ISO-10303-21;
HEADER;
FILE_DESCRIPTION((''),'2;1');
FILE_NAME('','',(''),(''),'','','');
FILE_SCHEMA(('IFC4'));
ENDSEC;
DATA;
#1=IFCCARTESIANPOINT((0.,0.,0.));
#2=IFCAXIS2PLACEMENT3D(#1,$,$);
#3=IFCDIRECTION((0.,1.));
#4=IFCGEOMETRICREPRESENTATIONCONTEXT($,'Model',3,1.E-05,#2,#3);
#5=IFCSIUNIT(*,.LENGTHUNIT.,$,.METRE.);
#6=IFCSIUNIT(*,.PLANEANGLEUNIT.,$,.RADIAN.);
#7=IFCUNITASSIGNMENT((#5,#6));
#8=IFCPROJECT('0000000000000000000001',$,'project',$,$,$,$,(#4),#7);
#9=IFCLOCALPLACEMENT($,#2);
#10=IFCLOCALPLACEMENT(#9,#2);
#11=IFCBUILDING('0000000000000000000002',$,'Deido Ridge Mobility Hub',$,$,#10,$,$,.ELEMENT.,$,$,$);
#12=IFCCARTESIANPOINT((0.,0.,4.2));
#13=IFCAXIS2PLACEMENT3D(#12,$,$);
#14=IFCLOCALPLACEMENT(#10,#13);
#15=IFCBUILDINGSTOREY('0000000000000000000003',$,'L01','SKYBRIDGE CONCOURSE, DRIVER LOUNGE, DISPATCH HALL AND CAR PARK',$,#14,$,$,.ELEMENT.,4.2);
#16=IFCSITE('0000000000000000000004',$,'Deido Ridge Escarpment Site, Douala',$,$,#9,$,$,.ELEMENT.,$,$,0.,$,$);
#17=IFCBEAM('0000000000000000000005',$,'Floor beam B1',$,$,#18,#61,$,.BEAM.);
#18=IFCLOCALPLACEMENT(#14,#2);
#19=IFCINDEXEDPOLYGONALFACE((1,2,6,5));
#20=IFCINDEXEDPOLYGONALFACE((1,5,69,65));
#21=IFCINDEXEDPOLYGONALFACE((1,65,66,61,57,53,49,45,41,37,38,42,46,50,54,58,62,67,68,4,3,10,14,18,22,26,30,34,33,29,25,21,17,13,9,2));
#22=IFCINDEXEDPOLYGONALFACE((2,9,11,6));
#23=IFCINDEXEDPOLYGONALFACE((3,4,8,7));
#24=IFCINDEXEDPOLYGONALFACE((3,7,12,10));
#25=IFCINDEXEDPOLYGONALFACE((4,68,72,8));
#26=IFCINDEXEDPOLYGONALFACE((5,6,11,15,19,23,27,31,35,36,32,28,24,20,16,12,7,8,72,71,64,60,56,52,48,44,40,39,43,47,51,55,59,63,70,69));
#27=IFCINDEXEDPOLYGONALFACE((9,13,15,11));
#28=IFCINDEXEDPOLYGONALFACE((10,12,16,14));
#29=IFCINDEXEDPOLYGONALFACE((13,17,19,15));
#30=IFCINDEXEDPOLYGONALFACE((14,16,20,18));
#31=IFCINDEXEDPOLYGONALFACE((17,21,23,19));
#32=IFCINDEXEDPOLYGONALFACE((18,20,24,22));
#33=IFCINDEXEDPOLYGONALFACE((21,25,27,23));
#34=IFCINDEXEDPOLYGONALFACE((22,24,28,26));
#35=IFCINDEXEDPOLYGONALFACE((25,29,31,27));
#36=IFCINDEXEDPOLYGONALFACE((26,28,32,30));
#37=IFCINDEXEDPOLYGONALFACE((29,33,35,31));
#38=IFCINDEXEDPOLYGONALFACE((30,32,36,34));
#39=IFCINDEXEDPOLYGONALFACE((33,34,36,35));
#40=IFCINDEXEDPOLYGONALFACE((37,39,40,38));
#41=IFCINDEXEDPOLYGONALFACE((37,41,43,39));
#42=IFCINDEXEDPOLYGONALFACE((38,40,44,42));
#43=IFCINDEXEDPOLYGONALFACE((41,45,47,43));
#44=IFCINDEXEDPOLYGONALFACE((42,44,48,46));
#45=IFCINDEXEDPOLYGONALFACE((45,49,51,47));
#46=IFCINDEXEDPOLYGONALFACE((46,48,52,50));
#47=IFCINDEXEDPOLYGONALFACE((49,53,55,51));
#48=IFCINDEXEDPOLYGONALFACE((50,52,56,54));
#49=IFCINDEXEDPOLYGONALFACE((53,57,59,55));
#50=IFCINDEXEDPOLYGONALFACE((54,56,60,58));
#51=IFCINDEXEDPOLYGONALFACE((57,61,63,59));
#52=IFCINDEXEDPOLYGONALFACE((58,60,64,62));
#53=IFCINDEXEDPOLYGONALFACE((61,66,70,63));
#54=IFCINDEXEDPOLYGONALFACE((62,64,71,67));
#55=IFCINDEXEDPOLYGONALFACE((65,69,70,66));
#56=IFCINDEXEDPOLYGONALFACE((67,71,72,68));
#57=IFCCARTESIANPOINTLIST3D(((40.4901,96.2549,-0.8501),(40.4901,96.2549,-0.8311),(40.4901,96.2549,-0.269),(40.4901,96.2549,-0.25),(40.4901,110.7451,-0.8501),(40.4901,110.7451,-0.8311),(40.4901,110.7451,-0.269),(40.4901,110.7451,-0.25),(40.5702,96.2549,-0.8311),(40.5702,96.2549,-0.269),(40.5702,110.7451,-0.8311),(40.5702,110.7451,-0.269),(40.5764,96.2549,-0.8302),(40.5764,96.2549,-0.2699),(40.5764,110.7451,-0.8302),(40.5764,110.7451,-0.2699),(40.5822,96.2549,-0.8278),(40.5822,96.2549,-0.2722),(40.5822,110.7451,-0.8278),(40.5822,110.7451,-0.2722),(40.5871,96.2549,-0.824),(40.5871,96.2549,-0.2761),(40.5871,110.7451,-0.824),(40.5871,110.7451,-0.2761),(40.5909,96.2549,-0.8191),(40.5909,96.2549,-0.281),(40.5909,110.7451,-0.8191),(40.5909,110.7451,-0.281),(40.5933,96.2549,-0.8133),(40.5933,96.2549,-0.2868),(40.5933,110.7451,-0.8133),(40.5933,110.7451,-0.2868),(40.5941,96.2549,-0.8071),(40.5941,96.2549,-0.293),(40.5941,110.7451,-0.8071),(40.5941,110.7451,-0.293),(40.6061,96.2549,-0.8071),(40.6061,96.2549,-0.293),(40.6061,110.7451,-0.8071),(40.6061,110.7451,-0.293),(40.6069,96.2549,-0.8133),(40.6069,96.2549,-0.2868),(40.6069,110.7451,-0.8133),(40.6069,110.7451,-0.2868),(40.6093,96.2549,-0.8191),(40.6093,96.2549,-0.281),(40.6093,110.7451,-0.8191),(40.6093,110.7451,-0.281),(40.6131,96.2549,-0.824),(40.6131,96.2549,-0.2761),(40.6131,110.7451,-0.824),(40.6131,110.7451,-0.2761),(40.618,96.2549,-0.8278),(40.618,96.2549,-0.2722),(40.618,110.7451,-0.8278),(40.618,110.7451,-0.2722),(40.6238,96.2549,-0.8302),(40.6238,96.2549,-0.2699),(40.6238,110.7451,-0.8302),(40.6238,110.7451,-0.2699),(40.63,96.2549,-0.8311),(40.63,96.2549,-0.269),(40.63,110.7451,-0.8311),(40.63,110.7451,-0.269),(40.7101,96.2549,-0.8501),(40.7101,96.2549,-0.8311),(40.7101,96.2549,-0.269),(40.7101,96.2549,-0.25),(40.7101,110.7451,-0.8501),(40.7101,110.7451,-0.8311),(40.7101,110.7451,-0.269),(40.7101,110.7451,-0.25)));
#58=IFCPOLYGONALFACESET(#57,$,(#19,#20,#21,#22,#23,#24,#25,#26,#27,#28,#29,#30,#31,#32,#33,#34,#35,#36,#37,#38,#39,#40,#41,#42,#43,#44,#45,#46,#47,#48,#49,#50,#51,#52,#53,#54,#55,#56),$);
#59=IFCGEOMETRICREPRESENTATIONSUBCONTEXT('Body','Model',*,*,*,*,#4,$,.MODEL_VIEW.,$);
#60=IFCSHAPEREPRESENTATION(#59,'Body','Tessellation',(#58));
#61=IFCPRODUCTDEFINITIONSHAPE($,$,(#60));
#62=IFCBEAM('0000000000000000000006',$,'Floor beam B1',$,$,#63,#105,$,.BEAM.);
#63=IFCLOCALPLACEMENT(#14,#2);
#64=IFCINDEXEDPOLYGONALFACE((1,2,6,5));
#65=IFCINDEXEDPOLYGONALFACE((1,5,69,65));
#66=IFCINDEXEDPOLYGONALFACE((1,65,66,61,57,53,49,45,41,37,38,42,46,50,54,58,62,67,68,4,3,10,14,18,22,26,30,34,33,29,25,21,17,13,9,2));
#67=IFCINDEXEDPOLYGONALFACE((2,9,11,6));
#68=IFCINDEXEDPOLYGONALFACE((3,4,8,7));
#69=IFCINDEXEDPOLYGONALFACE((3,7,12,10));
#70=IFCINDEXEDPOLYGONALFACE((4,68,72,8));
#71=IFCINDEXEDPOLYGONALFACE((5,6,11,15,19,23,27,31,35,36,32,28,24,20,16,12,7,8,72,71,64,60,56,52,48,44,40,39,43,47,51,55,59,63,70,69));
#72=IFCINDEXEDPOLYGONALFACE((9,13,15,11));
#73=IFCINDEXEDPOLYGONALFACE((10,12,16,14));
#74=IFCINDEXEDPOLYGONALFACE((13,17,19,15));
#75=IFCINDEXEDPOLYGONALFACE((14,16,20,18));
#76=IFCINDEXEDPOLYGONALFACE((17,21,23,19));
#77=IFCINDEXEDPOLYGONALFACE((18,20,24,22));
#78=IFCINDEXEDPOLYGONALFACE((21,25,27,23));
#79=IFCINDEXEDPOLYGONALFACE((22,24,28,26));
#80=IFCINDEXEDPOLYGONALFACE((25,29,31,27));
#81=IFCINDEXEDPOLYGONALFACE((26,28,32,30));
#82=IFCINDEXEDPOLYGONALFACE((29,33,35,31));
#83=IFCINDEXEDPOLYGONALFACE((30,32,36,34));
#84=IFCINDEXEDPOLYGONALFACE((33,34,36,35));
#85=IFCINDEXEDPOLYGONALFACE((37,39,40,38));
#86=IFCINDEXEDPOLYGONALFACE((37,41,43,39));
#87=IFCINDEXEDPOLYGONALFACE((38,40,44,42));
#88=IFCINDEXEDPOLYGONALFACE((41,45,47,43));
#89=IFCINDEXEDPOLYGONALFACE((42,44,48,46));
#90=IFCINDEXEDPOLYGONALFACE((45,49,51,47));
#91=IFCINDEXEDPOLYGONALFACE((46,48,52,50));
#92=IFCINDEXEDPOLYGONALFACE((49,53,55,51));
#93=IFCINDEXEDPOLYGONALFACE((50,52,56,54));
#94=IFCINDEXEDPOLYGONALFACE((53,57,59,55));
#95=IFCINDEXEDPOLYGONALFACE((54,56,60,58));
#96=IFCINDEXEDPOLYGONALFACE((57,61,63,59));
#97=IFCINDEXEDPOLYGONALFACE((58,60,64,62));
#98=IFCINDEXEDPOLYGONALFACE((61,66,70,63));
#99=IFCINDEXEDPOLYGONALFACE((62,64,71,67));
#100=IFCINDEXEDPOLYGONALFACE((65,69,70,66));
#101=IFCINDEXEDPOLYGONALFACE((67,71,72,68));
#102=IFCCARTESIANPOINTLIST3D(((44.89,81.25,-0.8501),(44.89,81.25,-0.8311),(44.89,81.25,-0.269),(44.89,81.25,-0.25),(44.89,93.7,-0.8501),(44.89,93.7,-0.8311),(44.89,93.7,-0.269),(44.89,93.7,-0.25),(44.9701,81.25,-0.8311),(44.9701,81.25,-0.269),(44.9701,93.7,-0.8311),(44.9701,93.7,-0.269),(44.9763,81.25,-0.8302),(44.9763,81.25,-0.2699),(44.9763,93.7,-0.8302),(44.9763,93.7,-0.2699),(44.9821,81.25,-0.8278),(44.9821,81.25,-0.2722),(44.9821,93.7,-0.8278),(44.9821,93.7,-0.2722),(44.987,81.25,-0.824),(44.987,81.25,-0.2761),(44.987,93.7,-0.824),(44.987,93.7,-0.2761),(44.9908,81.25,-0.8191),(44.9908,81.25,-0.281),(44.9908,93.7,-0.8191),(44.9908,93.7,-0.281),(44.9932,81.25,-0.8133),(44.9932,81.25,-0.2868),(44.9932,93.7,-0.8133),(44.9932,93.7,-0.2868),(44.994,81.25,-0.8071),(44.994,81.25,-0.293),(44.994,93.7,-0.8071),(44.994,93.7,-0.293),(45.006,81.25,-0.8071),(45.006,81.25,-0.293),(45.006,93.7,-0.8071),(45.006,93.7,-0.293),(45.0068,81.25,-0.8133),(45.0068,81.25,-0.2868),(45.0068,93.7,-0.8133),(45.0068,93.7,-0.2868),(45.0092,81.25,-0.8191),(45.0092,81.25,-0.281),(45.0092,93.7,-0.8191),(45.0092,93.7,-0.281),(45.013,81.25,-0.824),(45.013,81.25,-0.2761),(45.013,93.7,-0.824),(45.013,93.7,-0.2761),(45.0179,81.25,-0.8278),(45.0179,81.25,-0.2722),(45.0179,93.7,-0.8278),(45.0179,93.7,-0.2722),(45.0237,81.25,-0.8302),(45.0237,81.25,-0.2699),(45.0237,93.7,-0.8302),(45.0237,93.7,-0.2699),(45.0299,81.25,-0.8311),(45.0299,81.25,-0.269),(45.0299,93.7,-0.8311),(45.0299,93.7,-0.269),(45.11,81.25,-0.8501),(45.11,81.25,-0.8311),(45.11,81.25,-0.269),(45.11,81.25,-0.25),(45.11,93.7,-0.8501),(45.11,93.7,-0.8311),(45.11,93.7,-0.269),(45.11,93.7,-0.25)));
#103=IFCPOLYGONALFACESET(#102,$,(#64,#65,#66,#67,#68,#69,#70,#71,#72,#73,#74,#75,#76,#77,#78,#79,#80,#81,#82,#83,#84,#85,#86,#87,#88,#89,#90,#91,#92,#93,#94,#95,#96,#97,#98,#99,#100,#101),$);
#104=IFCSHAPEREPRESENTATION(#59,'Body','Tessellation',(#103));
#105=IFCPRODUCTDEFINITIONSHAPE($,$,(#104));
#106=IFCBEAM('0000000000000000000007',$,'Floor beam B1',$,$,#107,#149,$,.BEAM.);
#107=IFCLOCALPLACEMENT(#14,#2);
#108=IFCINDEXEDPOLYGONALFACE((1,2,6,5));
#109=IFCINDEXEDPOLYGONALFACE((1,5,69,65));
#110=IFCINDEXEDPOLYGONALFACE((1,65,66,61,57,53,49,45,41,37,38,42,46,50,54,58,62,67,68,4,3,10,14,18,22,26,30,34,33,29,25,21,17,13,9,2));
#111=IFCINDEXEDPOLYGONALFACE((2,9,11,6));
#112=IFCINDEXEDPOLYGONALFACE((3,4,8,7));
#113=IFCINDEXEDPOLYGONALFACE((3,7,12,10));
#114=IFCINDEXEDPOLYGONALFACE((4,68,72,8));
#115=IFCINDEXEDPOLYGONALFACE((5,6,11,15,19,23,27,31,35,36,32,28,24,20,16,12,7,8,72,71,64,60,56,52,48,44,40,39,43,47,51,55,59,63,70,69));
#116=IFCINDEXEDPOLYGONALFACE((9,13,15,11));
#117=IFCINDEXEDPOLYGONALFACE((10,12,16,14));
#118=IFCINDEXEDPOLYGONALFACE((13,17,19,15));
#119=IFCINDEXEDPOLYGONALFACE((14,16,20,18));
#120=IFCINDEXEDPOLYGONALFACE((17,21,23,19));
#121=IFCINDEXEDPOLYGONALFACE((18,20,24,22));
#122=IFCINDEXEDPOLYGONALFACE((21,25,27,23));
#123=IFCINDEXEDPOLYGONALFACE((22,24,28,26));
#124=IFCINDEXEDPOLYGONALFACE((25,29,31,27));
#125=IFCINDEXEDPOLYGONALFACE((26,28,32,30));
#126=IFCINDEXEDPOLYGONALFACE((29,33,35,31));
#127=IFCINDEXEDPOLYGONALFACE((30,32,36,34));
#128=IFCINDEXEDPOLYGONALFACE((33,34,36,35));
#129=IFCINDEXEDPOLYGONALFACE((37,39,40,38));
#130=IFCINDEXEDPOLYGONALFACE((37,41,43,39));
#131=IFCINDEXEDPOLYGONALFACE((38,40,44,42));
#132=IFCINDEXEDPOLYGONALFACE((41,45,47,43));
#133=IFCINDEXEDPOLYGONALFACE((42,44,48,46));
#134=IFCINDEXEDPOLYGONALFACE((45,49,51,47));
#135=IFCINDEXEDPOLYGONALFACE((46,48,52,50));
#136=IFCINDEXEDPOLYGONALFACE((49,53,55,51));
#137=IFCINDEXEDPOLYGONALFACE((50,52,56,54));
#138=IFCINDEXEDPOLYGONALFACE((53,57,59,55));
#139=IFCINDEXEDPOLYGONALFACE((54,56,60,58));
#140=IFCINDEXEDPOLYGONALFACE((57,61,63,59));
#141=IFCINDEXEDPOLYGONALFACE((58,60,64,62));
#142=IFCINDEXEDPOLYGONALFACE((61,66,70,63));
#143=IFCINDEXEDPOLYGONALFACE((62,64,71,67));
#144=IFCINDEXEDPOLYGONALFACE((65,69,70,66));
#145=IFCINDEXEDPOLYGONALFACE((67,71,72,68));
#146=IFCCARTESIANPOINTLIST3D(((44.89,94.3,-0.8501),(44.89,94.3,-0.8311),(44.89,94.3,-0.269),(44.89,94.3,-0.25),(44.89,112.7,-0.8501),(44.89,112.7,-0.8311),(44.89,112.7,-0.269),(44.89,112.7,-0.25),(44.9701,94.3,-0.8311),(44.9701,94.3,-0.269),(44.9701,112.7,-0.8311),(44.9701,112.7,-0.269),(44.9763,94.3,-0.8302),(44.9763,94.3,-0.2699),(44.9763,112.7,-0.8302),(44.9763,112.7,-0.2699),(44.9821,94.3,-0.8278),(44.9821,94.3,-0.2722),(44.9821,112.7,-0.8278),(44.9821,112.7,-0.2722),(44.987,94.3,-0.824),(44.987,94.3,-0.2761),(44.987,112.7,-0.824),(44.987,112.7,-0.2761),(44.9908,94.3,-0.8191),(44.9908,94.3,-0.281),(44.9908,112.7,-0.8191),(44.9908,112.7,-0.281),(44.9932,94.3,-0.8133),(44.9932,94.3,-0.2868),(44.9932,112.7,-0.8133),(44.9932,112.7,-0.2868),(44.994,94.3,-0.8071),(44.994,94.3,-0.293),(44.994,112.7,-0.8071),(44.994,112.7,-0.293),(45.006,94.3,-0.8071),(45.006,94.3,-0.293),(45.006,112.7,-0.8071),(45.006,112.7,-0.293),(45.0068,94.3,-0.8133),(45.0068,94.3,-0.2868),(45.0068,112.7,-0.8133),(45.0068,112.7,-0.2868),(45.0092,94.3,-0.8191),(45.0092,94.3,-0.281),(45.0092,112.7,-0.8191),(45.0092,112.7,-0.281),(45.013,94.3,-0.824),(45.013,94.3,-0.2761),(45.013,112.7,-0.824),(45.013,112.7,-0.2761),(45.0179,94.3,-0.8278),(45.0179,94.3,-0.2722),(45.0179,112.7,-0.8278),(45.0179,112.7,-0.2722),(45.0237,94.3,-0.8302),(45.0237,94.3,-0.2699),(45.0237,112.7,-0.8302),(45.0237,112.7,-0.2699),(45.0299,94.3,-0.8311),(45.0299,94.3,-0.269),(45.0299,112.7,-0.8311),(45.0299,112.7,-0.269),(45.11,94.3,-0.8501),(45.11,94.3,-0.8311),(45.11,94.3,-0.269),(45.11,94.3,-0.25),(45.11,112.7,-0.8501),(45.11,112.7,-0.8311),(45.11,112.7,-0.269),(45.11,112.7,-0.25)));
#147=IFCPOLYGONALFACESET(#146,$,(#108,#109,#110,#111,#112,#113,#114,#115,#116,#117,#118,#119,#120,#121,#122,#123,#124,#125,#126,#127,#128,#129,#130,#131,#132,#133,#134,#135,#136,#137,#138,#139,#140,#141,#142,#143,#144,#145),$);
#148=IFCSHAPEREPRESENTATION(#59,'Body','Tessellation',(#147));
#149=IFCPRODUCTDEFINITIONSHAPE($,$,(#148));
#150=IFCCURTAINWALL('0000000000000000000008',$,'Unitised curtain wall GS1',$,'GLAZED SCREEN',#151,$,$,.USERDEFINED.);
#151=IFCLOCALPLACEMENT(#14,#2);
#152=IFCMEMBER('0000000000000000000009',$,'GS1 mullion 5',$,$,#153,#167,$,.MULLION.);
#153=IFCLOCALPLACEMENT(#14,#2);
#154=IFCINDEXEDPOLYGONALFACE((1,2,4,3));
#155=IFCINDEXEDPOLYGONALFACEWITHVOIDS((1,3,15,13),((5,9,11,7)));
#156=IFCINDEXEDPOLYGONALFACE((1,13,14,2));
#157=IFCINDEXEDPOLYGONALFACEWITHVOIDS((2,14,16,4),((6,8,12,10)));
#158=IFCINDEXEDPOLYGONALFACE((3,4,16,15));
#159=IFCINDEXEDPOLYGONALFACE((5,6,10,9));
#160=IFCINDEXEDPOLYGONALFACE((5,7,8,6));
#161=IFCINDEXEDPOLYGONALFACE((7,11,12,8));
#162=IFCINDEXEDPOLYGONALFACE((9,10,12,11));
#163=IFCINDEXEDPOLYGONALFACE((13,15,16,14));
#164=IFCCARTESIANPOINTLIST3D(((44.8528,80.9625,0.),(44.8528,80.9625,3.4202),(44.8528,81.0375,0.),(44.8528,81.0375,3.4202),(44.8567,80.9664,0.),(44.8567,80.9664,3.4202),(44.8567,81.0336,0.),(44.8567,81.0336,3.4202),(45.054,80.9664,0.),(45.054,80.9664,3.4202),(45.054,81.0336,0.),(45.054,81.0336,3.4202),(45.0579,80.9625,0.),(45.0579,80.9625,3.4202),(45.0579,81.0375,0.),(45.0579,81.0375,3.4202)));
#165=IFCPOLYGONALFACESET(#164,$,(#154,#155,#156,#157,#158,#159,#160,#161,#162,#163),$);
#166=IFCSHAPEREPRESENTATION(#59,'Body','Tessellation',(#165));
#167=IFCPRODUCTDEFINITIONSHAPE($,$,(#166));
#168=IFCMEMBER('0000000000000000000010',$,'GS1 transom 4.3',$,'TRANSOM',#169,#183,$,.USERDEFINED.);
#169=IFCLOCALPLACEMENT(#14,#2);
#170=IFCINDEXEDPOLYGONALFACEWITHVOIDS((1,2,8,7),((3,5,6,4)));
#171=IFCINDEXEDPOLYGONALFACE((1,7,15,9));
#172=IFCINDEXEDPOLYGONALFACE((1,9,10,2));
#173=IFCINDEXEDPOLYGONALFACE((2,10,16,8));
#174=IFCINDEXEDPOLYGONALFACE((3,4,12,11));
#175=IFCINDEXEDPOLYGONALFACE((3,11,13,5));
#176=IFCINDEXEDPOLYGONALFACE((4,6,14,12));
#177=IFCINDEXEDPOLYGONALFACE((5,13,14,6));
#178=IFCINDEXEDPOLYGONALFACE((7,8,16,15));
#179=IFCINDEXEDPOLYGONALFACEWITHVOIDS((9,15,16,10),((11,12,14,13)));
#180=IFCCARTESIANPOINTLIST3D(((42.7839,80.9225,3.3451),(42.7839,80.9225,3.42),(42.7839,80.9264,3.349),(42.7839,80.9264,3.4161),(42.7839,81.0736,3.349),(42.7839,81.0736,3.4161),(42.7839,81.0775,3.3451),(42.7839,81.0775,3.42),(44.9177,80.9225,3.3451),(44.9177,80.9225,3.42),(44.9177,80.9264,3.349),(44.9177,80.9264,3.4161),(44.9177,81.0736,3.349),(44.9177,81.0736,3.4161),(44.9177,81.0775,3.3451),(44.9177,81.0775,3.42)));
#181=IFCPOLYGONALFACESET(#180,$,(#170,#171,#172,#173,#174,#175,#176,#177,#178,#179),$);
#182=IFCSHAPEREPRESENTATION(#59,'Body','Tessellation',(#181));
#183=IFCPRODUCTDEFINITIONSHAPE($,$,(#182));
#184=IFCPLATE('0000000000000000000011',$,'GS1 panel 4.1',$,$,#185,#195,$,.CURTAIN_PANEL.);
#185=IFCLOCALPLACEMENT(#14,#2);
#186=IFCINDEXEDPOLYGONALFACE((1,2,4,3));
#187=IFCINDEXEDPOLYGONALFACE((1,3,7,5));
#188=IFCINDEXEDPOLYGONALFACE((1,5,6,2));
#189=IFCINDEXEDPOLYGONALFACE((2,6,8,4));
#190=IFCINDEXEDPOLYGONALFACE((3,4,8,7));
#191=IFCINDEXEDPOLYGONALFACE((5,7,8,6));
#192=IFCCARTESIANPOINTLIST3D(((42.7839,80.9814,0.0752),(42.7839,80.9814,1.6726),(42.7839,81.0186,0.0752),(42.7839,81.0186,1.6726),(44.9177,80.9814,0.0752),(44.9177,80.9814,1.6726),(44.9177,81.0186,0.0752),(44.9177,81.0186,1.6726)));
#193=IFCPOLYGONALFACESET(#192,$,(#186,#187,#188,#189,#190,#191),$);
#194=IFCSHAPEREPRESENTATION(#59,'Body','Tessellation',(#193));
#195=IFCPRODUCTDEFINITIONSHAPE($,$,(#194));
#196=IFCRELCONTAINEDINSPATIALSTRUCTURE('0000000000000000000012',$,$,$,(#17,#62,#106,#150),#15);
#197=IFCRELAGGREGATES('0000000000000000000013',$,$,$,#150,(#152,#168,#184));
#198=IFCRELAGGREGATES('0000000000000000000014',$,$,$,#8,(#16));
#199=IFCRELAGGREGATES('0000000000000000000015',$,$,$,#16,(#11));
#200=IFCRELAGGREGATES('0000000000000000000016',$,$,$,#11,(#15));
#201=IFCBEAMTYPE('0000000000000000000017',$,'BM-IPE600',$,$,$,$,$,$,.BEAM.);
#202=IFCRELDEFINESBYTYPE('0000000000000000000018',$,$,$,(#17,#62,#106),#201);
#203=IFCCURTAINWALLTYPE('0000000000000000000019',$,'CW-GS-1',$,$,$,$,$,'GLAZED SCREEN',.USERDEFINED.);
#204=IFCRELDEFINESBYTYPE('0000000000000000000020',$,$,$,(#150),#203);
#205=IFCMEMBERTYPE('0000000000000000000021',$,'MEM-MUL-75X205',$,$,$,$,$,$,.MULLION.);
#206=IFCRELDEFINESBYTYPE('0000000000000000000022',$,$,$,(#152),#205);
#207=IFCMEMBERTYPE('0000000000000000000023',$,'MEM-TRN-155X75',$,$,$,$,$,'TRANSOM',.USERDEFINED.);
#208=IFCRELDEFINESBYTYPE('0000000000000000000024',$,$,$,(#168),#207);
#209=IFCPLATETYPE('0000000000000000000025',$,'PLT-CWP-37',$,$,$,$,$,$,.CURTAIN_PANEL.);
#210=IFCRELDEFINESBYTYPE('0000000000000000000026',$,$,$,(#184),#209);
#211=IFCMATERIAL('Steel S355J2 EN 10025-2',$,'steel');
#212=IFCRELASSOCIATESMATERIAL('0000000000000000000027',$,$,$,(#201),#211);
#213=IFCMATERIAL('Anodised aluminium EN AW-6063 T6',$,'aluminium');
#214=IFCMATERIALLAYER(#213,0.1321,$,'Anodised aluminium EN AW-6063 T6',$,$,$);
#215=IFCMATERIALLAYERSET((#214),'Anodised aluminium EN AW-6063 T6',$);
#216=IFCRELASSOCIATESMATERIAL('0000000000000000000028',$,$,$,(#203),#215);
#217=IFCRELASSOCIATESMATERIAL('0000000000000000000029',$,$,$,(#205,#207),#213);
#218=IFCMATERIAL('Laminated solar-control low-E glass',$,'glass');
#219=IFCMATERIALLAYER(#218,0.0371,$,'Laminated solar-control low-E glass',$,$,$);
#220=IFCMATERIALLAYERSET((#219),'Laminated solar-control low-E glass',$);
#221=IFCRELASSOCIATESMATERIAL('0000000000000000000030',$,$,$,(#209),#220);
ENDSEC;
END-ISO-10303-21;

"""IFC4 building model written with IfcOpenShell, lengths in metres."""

from ifc_helpers import new_model, si_unit, direction, frame, origin, origin_2d, place, context, subcontext, project, spatial, rectangle, hollow_rectangle, i_section, extrude, material, layer, layer_set, material_profile, profile_set, type_object, element, aggregate, save


model = new_model("IFC4")

# Units and contexts
model_context = context("Model", 3, precision=1e-05, world=origin(), true_north=direction((0.0, 1.0)))
body_context = subcontext(model_context, "Body", "Model", "MODEL_VIEW")
ifc_project = project(units=[si_unit("LENGTHUNIT", "METRE"), si_unit("PLANEANGLEUNIT", "RADIAN")], contexts=[model_context])

# Site, building, storey
site_placement = place(None, origin())
site = spatial("IfcSite", under=ifc_project, at=site_placement, Name="Deido Ridge Escarpment Site, Douala", CompositionType="ELEMENT", RefElevation=0.0)
building_placement = place(site_placement, origin())
building = spatial("IfcBuilding", under=site, at=building_placement, Name="Deido Ridge Mobility Hub", CompositionType="ELEMENT")
storey_placement = place(building_placement, frame((0.0, 0.0, 4.2)))
storey = spatial("IfcBuildingStorey", under=building, at=storey_placement, Name="L01", Description="SKYBRIDGE CONCOURSE, DRIVER LOUNGE, DISPATCH HALL AND CAR PARK", CompositionType="ELEMENT", Elevation=4.2)

# Shared definitions
ifc_material_1 = material(Name="Steel S355J2 EN 10025-2", Category="steel")

# Beams
ifc_material_profile_1 = material_profile(ifc_material_1, i_section(OverallWidth=0.22, OverallDepth=0.6001, WebThickness=0.012, FlangeThickness=0.019, FilletRadius=0.0239, at=origin_2d()), Name="IPE 600")
ifc_profile_set_1 = profile_set([ifc_material_profile_1], Name="Steel S355J2 EN 10025-2")
beam_type_1 = type_object("IfcBeamType", Name="BM-IPE600", PredefinedType="BEAM", material=ifc_profile_set_1)
beam_1_placement = place(storey_placement, frame((40.6001, 96.2549, -0.55), z_axis=(0.0, 1.0, 0.0), x_axis=(-1.0, 0.0, 0.0)))
element("IfcBeam", 1, at=beam_1_placement, inside=storey, type_object=beam_type_1, Name="Floor beam B1", PredefinedType="BEAM", context=body_context, shape_type="SweptSolid", body=[
    extrude(i_section(OverallWidth=0.22, OverallDepth=0.6001, WebThickness=0.012, FlangeThickness=0.019, FilletRadius=0.0239, at=origin_2d()), origin(), (0.0, 0.0, 1.0), 14.4902),
])
beam_2_placement = place(storey_placement, frame((45.0, 81.25, -0.55), z_axis=(0.0, 1.0, 0.0), x_axis=(-1.0, 0.0, 0.0)))
element("IfcBeam", 2, at=beam_2_placement, inside=storey, type_object=beam_type_1, Name="Floor beam B1", PredefinedType="BEAM", context=body_context, shape_type="SweptSolid", body=[
    extrude(i_section(OverallWidth=0.22, OverallDepth=0.6001, WebThickness=0.012, FlangeThickness=0.019, FilletRadius=0.0239, at=origin_2d()), origin(), (0.0, 0.0, 1.0), 12.45),
])
beam_3_placement = place(storey_placement, frame((45.0, 94.3, -0.55), z_axis=(0.0, 1.0, 0.0), x_axis=(-1.0, 0.0, 0.0)))
element("IfcBeam", 3, at=beam_3_placement, inside=storey, type_object=beam_type_1, Name="Floor beam B1", PredefinedType="BEAM", context=body_context, shape_type="SweptSolid", body=[
    extrude(i_section(OverallWidth=0.22, OverallDepth=0.6001, WebThickness=0.012, FlangeThickness=0.019, FilletRadius=0.0239, at=origin_2d()), origin(), (0.0, 0.0, 1.0), 18.3999),
])

# Curtain wall, members, plate
ifc_material_2 = material(Name="Anodised aluminium EN AW-6063 T6", Category="aluminium")
ifc_layer_1 = layer(ifc_material_2, 0.1321, Name="Anodised aluminium EN AW-6063 T6")
ifc_layer_set_1 = layer_set([ifc_layer_1], Name="Anodised aluminium EN AW-6063 T6")
curtain_wall_type = type_object("IfcCurtainWallType", Name="CW-GS-1", ElementType="GLAZED SCREEN", PredefinedType="USERDEFINED", material=ifc_layer_set_1)
curtain_wall_placement = place(storey_placement, origin())
curtain_wall = element("IfcCurtainWall", 4, at=curtain_wall_placement, inside=storey, type_object=curtain_wall_type, Name="Unitised curtain wall GS1", ObjectType="GLAZED SCREEN", PredefinedType="USERDEFINED")
ifc_material_profile_2 = material_profile(ifc_material_2, hollow_rectangle(XDim=0.075, YDim=0.2051, WallThickness=0.0039, at=origin_2d()), Name="RHS 75x205x4")
ifc_profile_set_2 = profile_set([ifc_material_profile_2], Name="Anodised aluminium EN AW-6063 T6")
member_type_1 = type_object("IfcMemberType", Name="MEM-MUL-75X205", PredefinedType="MULLION", material=ifc_profile_set_2)
member_1_placement = place(storey_placement, frame((44.9553, 81.0, 0.0), z_axis=(0.0, 0.0, 1.0), x_axis=(0.0, 1.0, 0.0)))
member_1 = element("IfcMember", 5, at=member_1_placement, type_object=member_type_1, Name="GS1 mullion 5", PredefinedType="MULLION", context=body_context, shape_type="SweptSolid", body=[
    extrude(hollow_rectangle(XDim=0.075, YDim=0.2051, WallThickness=0.0039, at=origin_2d()), origin(), (0.0, 0.0, 1.0), 3.4202),
])
ifc_material_profile_3 = material_profile(ifc_material_2, hollow_rectangle(XDim=0.155, YDim=0.075, WallThickness=0.0039, at=origin_2d()), Name="RHS 155x75x4")
ifc_profile_set_3 = profile_set([ifc_material_profile_3], Name="Anodised aluminium EN AW-6063 T6")
member_type_2 = type_object("IfcMemberType", Name="MEM-TRN-155X75", ElementType="TRANSOM", PredefinedType="USERDEFINED", material=ifc_profile_set_3)
member_2_placement = place(storey_placement, frame((42.7839, 81.0, 3.3826), z_axis=(1.0, 0.0, 0.0), x_axis=(0.0, 1.0, 0.0)))
member_2 = element("IfcMember", 6, at=member_2_placement, type_object=member_type_2, Name="GS1 transom 4.3", ObjectType="TRANSOM", PredefinedType="USERDEFINED", context=body_context, shape_type="SweptSolid", body=[
    extrude(hollow_rectangle(XDim=0.155, YDim=0.075, WallThickness=0.0039, at=origin_2d()), origin(), (0.0, 0.0, 1.0), 2.1338),
])
ifc_material_3 = material(Name="Laminated solar-control low-E glass", Category="glass")
ifc_layer_2 = layer(ifc_material_3, 0.0371, Name="Laminated solar-control low-E glass")
ifc_layer_set_2 = layer_set([ifc_layer_2], Name="Laminated solar-control low-E glass")
plate_type = type_object("IfcPlateType", Name="PLT-CWP-37", PredefinedType="CURTAIN_PANEL", material=ifc_layer_set_2)
plate_1_placement = place(storey_placement, frame((43.8508, 81.0, 0.0752), z_axis=(0.0, 0.0, 1.0), x_axis=(1.0, 0.0, 0.0)))
plate_1 = element("IfcPlate", 7, at=plate_1_placement, type_object=plate_type, Name="GS1 panel 4.1", PredefinedType="CURTAIN_PANEL", context=body_context, shape_type="SweptSolid", body=[
    extrude(rectangle(XDim=2.1338, YDim=0.0371, at=origin_2d()), origin(), (0.0, 0.0, 1.0), 1.5974),
])
aggregate(curtain_wall, [member_1, member_2, plate_1])

save(model, "model.ifc")
